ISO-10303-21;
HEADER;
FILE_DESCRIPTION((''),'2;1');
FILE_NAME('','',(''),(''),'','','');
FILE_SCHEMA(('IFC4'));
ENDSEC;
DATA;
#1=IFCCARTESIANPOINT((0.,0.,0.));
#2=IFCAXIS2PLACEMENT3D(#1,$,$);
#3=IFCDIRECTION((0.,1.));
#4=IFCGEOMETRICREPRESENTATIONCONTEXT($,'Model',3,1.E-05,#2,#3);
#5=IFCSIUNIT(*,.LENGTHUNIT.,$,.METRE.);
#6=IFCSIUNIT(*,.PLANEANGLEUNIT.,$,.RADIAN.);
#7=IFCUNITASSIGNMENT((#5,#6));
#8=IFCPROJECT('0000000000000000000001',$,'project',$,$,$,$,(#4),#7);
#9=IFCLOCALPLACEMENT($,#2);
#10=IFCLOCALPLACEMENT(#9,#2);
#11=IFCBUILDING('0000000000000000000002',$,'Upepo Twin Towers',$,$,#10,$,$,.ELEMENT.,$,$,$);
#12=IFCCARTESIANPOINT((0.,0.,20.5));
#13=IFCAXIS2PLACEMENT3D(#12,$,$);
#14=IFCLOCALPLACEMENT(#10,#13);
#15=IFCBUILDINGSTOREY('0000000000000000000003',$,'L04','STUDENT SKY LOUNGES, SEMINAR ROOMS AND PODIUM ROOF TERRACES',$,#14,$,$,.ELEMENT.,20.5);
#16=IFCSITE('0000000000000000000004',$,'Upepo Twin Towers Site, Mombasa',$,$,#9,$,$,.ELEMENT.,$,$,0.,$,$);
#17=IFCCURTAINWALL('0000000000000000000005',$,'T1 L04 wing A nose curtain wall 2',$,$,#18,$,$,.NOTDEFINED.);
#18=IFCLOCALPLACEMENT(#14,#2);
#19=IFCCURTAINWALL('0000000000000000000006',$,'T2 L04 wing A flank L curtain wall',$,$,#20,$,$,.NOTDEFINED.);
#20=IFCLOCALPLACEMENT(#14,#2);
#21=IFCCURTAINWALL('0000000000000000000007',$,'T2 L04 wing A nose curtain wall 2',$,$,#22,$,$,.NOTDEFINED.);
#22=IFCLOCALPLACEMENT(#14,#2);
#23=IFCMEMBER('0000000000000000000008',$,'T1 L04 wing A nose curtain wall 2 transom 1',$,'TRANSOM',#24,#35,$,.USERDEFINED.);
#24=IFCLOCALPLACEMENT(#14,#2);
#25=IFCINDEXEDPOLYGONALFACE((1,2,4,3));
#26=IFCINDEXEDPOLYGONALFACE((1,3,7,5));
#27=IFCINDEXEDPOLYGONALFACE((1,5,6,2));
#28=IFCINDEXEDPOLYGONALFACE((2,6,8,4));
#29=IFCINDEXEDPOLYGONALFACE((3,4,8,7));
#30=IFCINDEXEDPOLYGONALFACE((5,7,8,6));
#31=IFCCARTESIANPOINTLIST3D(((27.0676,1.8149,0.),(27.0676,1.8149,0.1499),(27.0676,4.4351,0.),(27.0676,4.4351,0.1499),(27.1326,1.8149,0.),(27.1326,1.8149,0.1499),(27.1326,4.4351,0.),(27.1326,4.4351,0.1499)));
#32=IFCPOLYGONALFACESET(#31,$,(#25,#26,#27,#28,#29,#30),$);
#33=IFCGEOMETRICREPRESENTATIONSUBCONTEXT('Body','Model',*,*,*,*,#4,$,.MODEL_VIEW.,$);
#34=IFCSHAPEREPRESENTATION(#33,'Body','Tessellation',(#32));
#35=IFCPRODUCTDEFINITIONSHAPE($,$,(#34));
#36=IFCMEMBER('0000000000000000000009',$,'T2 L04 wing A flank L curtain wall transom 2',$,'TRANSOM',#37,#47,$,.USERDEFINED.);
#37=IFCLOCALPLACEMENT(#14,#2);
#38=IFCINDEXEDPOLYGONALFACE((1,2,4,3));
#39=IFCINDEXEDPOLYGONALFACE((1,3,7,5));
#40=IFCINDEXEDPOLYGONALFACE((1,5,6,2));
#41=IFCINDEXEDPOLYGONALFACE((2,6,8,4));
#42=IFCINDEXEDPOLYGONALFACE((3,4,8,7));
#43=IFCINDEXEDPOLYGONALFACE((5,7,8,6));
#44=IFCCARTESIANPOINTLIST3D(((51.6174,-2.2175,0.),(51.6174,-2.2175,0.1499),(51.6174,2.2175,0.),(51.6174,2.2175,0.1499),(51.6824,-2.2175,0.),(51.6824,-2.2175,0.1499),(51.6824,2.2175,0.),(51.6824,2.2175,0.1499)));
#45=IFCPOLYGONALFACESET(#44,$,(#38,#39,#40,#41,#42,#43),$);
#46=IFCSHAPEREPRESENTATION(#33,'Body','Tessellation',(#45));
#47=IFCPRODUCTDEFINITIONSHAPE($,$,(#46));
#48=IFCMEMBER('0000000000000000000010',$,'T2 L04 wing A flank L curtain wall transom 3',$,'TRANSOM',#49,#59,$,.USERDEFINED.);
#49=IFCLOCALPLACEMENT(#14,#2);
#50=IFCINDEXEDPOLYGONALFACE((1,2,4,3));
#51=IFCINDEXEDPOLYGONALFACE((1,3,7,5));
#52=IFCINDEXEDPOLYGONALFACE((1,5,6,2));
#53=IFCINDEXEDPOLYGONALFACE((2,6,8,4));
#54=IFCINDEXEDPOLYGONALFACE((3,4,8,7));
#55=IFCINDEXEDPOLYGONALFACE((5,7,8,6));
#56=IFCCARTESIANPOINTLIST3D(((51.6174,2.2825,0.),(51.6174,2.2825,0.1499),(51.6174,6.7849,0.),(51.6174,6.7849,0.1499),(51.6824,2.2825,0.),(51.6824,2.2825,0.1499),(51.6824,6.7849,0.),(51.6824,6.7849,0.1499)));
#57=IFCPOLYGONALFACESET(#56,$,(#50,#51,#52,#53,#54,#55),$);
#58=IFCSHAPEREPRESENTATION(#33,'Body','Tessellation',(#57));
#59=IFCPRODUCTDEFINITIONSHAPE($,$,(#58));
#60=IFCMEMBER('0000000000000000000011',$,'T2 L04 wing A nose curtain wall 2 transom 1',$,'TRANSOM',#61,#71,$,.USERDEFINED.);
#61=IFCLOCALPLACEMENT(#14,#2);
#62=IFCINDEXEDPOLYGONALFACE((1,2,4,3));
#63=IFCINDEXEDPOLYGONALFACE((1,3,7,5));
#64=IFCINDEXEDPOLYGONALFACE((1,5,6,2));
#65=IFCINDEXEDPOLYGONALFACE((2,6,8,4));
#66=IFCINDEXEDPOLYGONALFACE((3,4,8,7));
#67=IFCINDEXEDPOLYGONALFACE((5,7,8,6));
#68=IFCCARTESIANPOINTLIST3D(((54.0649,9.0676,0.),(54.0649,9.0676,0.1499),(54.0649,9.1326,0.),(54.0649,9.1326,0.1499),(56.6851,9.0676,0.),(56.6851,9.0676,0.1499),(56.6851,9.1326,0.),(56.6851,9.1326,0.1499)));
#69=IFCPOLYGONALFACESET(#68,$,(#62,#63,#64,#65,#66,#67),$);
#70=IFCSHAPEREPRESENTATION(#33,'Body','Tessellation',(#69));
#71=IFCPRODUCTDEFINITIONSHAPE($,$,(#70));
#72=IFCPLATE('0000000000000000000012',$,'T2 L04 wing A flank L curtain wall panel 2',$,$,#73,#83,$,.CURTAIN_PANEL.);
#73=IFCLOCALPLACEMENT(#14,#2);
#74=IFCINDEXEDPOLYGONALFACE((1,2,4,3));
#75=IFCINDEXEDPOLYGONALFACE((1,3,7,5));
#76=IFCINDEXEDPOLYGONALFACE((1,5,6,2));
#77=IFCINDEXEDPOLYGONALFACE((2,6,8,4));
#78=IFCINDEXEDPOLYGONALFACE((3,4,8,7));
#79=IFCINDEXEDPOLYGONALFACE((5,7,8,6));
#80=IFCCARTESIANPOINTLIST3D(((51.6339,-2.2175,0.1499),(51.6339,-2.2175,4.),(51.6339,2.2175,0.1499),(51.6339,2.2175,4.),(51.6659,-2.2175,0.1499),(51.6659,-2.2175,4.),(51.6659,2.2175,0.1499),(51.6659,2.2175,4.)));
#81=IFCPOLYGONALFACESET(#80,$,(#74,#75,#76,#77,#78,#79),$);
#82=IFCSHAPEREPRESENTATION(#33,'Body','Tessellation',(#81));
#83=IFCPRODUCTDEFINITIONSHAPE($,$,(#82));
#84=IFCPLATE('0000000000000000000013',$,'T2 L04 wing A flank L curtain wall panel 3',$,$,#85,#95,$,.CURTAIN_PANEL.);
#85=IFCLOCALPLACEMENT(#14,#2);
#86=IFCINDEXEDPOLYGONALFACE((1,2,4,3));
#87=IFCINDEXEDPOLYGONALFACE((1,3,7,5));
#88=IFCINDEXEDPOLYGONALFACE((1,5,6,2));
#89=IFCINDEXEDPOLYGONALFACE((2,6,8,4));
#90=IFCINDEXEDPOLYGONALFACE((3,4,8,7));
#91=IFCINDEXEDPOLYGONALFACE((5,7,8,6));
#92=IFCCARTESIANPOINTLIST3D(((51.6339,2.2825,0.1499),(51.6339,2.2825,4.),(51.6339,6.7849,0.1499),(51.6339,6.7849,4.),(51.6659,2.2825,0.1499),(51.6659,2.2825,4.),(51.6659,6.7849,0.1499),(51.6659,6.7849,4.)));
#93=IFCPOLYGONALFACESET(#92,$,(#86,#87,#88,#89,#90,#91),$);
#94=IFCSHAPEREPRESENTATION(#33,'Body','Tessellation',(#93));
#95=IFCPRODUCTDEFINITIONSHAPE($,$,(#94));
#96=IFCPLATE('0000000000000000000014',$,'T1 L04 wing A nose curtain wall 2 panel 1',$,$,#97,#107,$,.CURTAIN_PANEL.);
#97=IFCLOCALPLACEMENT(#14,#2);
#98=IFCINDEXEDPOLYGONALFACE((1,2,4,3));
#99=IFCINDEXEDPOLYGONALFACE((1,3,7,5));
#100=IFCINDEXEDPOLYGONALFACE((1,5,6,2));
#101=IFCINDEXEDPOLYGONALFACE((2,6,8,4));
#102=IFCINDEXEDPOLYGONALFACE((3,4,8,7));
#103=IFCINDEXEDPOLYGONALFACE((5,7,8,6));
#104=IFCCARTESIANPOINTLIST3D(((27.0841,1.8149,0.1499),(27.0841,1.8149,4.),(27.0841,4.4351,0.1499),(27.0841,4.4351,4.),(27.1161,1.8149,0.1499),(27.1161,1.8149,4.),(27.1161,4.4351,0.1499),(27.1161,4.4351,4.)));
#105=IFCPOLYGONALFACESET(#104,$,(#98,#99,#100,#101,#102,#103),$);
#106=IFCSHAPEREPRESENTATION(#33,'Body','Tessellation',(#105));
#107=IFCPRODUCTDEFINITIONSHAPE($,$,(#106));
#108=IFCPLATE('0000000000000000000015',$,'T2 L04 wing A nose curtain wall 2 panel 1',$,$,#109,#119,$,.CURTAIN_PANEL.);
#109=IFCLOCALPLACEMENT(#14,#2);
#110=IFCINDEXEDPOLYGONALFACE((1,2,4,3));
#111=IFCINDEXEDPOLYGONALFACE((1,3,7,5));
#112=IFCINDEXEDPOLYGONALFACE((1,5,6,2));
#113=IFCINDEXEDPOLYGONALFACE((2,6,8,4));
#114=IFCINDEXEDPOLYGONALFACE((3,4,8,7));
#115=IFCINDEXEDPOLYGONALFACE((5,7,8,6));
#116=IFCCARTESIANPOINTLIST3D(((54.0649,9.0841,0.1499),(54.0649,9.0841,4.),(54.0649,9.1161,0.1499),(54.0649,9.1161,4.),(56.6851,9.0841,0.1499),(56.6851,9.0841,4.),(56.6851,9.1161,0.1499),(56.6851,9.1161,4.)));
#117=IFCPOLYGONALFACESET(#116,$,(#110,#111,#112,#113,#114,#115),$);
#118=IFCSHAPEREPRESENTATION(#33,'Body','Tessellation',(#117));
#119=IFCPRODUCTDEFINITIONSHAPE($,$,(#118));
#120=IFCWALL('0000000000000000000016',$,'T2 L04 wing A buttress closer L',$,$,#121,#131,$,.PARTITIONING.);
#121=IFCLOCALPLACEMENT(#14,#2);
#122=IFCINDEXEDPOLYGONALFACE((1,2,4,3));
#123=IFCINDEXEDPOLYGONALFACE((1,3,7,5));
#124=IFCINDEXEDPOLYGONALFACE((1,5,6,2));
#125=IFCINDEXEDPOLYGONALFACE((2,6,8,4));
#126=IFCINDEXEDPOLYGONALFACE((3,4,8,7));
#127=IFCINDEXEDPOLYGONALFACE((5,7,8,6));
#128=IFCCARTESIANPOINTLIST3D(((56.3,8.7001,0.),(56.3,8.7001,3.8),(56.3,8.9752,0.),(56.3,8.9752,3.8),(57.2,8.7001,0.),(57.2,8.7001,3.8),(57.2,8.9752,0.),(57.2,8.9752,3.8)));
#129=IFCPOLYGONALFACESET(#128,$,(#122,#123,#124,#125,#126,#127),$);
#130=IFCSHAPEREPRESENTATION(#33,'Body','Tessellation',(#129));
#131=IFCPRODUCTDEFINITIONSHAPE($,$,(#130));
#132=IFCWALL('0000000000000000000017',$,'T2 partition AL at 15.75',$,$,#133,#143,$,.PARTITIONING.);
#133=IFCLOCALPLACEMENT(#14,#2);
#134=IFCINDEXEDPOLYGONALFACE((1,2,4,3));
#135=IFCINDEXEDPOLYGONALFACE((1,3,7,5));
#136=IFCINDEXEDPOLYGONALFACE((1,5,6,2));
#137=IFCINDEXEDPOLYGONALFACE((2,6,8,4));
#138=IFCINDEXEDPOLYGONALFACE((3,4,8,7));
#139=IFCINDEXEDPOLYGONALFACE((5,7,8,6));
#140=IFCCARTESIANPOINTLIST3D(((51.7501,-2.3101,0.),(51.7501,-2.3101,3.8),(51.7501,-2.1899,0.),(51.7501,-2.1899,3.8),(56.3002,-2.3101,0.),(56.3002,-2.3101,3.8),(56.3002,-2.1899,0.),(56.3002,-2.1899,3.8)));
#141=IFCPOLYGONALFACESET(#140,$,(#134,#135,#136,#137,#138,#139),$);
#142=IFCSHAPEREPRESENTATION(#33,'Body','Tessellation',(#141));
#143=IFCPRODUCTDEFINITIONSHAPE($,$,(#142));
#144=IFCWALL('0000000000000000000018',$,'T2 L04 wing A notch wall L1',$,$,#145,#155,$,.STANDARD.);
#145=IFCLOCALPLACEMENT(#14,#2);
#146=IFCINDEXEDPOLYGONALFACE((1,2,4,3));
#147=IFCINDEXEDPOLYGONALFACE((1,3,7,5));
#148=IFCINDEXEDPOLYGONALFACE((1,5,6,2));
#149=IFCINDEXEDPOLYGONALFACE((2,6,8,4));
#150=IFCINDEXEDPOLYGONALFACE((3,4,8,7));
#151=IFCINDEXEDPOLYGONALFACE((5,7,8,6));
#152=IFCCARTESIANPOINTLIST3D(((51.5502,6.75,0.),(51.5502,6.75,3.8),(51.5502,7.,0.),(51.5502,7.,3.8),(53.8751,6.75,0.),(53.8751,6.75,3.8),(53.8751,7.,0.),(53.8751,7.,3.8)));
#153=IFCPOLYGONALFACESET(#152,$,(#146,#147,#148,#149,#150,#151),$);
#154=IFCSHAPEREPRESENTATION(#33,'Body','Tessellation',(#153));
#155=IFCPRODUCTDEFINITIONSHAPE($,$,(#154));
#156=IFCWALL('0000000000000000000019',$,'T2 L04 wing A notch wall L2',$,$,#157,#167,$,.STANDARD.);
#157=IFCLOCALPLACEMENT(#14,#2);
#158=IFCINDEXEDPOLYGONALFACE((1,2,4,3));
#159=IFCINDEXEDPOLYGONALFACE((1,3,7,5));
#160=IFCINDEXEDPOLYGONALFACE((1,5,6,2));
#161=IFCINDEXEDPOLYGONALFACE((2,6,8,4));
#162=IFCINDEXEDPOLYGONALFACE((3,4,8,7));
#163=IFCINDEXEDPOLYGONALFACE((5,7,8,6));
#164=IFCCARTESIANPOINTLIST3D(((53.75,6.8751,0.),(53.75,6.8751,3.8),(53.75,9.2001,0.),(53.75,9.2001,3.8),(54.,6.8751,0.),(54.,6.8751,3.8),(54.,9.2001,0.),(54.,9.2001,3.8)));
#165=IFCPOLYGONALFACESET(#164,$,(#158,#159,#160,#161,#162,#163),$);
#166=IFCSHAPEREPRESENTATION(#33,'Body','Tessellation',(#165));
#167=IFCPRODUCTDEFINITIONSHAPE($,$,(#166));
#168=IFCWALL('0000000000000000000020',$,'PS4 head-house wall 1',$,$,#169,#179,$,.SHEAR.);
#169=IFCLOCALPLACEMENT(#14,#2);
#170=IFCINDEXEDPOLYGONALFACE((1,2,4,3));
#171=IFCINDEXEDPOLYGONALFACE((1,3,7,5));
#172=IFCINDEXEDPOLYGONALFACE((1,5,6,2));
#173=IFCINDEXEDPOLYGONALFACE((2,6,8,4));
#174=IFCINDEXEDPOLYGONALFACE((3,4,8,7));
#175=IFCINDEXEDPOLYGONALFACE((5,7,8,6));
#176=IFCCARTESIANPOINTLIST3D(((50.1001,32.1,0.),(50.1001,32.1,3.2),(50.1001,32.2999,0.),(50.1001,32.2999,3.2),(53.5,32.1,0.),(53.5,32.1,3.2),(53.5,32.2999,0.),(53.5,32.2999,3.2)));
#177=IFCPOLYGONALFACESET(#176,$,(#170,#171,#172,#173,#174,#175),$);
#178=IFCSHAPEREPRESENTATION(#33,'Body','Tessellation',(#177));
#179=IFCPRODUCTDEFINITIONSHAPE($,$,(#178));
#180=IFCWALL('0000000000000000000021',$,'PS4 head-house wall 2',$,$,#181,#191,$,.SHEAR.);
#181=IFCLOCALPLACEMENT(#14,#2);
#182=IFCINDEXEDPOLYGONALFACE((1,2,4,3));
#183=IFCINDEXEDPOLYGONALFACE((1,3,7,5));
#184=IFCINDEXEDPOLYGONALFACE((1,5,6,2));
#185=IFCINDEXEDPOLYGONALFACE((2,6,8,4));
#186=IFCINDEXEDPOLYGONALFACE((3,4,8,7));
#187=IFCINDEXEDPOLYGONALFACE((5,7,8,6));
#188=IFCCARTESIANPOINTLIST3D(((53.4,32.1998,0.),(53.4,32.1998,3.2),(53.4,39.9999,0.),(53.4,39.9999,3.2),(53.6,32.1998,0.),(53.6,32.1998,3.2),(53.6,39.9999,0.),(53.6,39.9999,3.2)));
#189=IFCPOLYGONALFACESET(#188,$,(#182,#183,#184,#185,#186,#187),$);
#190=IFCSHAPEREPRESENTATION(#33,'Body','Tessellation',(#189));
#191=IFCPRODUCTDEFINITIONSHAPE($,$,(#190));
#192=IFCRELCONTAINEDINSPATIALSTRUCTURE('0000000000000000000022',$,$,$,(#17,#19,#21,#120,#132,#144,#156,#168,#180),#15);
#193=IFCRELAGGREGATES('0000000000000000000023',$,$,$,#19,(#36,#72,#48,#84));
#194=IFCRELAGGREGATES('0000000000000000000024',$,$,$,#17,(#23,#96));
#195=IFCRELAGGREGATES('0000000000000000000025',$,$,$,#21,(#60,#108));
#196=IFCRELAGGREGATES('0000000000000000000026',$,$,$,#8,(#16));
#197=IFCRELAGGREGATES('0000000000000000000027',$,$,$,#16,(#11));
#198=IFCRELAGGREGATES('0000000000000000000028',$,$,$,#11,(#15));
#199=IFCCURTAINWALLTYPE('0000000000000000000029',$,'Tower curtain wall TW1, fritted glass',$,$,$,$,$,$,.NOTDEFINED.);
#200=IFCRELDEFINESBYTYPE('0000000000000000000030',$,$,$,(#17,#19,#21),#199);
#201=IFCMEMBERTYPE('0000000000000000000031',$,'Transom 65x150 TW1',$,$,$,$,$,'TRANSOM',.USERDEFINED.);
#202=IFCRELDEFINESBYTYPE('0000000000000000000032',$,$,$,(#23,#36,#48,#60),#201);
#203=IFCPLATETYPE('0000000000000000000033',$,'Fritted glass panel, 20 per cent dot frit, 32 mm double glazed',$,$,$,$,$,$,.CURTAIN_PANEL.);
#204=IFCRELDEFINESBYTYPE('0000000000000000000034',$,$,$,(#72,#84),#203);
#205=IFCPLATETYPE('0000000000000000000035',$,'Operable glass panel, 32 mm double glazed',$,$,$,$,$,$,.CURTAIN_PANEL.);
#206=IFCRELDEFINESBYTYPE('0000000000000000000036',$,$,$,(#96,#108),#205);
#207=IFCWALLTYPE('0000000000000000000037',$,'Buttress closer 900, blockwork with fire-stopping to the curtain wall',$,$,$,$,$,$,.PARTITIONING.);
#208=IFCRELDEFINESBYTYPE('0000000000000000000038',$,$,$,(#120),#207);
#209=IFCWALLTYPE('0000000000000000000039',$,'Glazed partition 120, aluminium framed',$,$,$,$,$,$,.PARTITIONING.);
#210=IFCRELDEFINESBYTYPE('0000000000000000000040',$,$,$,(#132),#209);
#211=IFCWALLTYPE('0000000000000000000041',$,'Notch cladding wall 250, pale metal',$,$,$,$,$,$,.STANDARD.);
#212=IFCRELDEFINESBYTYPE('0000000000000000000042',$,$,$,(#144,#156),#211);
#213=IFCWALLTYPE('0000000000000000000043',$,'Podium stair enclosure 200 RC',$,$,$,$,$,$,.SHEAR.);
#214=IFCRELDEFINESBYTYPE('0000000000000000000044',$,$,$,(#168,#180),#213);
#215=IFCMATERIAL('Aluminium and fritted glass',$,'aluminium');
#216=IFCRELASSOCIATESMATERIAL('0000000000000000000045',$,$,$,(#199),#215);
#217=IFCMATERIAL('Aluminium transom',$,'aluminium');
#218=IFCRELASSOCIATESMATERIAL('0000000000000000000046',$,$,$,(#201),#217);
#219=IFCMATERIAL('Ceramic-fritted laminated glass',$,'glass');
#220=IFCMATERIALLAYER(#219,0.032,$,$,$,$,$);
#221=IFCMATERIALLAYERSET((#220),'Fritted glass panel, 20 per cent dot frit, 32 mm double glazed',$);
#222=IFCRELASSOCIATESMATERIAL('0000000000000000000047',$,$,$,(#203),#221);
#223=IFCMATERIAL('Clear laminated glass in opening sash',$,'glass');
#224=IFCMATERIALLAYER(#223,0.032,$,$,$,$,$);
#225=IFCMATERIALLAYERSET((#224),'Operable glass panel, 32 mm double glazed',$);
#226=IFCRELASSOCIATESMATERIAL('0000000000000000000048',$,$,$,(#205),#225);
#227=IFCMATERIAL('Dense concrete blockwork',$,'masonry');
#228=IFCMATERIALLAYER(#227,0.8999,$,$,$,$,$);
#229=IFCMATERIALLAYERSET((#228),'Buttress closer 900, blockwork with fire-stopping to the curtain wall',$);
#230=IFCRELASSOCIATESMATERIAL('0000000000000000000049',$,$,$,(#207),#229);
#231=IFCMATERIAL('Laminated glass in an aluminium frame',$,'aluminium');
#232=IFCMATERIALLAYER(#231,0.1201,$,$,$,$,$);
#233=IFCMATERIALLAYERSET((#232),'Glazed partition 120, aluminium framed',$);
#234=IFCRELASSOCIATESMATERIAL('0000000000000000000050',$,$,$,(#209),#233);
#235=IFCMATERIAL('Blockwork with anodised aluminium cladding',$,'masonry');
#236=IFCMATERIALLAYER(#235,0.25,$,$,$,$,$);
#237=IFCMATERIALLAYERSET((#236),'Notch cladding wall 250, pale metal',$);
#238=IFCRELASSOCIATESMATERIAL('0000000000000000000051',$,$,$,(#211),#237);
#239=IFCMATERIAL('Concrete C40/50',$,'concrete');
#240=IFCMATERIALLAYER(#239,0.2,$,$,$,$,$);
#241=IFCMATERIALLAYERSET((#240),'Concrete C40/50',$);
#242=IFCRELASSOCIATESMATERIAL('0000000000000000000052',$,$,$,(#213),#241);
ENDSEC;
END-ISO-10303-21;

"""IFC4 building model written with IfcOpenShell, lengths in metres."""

from ifc_helpers import new_model, si_unit, direction, frame, frame_2d, origin, origin_2d, place, context, subcontext, project, spatial, rectangle, extrude, material, layer, layer_set, material_profile, profile_set, type_object, element, aggregate, save


model = new_model("IFC4")

# Units and contexts
model_context = context("Model", 3, precision=1e-05, world=origin(), true_north=direction((0.0, 1.0)))
body_context = subcontext(model_context, "Body", "Model", "MODEL_VIEW")
ifc_project = project(units=[si_unit("LENGTHUNIT", "METRE"), si_unit("PLANEANGLEUNIT", "RADIAN")], contexts=[model_context])

# Site, building, storey
site_placement = place(None, origin())
site = spatial("IfcSite", under=ifc_project, at=site_placement, Name="Upepo Twin Towers Site, Mombasa", CompositionType="ELEMENT", RefElevation=0.0)
building_placement = place(site_placement, origin())
building = spatial("IfcBuilding", under=site, at=building_placement, Name="Upepo Twin Towers", CompositionType="ELEMENT")
storey_placement = place(building_placement, frame((0.0, 0.0, 20.5)))
storey = spatial("IfcBuildingStorey", under=building, at=storey_placement, Name="L04", Description="STUDENT SKY LOUNGES, SEMINAR ROOMS AND PODIUM ROOF TERRACES", CompositionType="ELEMENT", Elevation=20.5)

# Shared definitions
ifc_material_1 = material(Name="Aluminium and fritted glass", Category="aluminium")
curtain_wall_type = type_object("IfcCurtainWallType", Name="Tower curtain wall TW1, fritted glass", PredefinedType="NOTDEFINED", material=ifc_material_1)

# Curtain walls
curtain_wall_1_placement = place(storey_placement, origin())
curtain_wall_1 = element("IfcCurtainWall", 1, at=curtain_wall_1_placement, inside=storey, type_object=curtain_wall_type, Name="T1 L04 wing A nose curtain wall 2", PredefinedType="NOTDEFINED")
curtain_wall_2_placement = place(storey_placement, origin())
curtain_wall_2 = element("IfcCurtainWall", 2, at=curtain_wall_2_placement, inside=storey, type_object=curtain_wall_type, Name="T2 L04 wing A flank L curtain wall", PredefinedType="NOTDEFINED")
curtain_wall_3_placement = place(storey_placement, origin())
curtain_wall_3 = element("IfcCurtainWall", 3, at=curtain_wall_3_placement, inside=storey, type_object=curtain_wall_type, Name="T2 L04 wing A nose curtain wall 2", PredefinedType="NOTDEFINED")

# Members
ifc_material_2 = material(Name="Aluminium transom", Category="aluminium")
ifc_material_profile_1 = material_profile(ifc_material_2, rectangle(XDim=0.0649, YDim=0.1499, at=origin_2d()), Name="TRANSOM 65x150")
ifc_profile_set_1 = profile_set([ifc_material_profile_1], Name="Aluminium transom")
member_type_1 = type_object("IfcMemberType", Name="Transom 65x150 TW1", ElementType="TRANSOM", PredefinedType="USERDEFINED", material=ifc_profile_set_1)
member_1_placement = place(storey_placement, frame((27.1001, 1.8149, 0.075), z_axis=(0.0, 1.0, 0.0), x_axis=(-1.0, 0.0, 0.0)))
member_1 = element("IfcMember", 4, at=member_1_placement, type_object=member_type_1, Name="T1 L04 wing A nose curtain wall 2 transom 1", ObjectType="TRANSOM", PredefinedType="USERDEFINED", context=body_context, shape_type="SweptSolid", body=[
    extrude(rectangle(XDim=0.0649, YDim=0.1499, at=origin_2d()), origin(), (0.0, 0.0, 1.0), 2.6201),
])
member_2_placement = place(storey_placement, frame((51.6499, -2.2175, 0.075), z_axis=(0.0, 1.0, 0.0), x_axis=(-1.0, 0.0, 0.0)))
member_2 = element("IfcMember", 5, at=member_2_placement, type_object=member_type_1, Name="T2 L04 wing A flank L curtain wall transom 2", ObjectType="TRANSOM", PredefinedType="USERDEFINED", context=body_context, shape_type="SweptSolid", body=[
    extrude(rectangle(XDim=0.0649, YDim=0.1499, at=origin_2d()), origin(), (0.0, 0.0, 1.0), 4.4351),
])
member_3_placement = place(storey_placement, frame((51.6499, 2.2825, 0.075), z_axis=(0.0, 1.0, 0.0), x_axis=(-1.0, 0.0, 0.0)))
member_3 = element("IfcMember", 6, at=member_3_placement, type_object=member_type_1, Name="T2 L04 wing A flank L curtain wall transom 3", ObjectType="TRANSOM", PredefinedType="USERDEFINED", context=body_context, shape_type="SweptSolid", body=[
    extrude(rectangle(XDim=0.0649, YDim=0.1499, at=origin_2d()), origin(), (0.0, 0.0, 1.0), 4.5024),
])
member_4_placement = place(storey_placement, frame((56.6851, 9.1001, 0.075), z_axis=(-1.0, 0.0, 0.0), x_axis=(0.0, -1.0, 0.0)))
member_4 = element("IfcMember", 7, at=member_4_placement, type_object=member_type_1, Name="T2 L04 wing A nose curtain wall 2 transom 1", ObjectType="TRANSOM", PredefinedType="USERDEFINED", context=body_context, shape_type="SweptSolid", body=[
    extrude(rectangle(XDim=0.0649, YDim=0.1499, at=origin_2d()), origin(), (0.0, 0.0, 1.0), 2.6201),
])

# Plates
ifc_material_3 = material(Name="Ceramic-fritted laminated glass", Category="glass")
ifc_layer_1 = layer(ifc_material_3, 0.032)
ifc_layer_set_1 = layer_set([ifc_layer_1], Name="Fritted glass panel, 20 per cent dot frit, 32 mm double glazed")
plate_type_1 = type_object("IfcPlateType", Name="Fritted glass panel, 20 per cent dot frit, 32 mm double glazed", PredefinedType="CURTAIN_PANEL", material=ifc_layer_set_1)
plate_1_placement = place(storey_placement, frame((51.6499, 0.0, 0.1499), z_axis=(0.0, 0.0, 1.0), x_axis=(0.0, 1.0, 0.0)))
plate_1 = element("IfcPlate", 8, at=plate_1_placement, type_object=plate_type_1, Name="T2 L04 wing A flank L curtain wall panel 2", PredefinedType="CURTAIN_PANEL", context=body_context, shape_type="SweptSolid", body=[
    extrude(rectangle(XDim=4.4351, YDim=0.032, at=origin_2d()), origin(), (0.0, 0.0, 1.0), 3.8501),
])
plate_2_placement = place(storey_placement, frame((51.6499, 4.5337, 0.1499), z_axis=(0.0, 0.0, 1.0), x_axis=(0.0, 1.0, 0.0)))
plate_2 = element("IfcPlate", 9, at=plate_2_placement, type_object=plate_type_1, Name="T2 L04 wing A flank L curtain wall panel 3", PredefinedType="CURTAIN_PANEL", context=body_context, shape_type="SweptSolid", body=[
    extrude(rectangle(XDim=4.5024, YDim=0.032, at=origin_2d()), origin(), (0.0, 0.0, 1.0), 3.8501),
])
aggregate(curtain_wall_2, [member_2, plate_1, member_3, plate_2])
ifc_material_4 = material(Name="Clear laminated glass in opening sash", Category="glass")
ifc_layer_2 = layer(ifc_material_4, 0.032)
ifc_layer_set_2 = layer_set([ifc_layer_2], Name="Operable glass panel, 32 mm double glazed")
plate_type_2 = type_object("IfcPlateType", Name="Operable glass panel, 32 mm double glazed", PredefinedType="CURTAIN_PANEL", material=ifc_layer_set_2)
plate_3_placement = place(storey_placement, frame((27.1001, 3.125, 0.1499), z_axis=(0.0, 0.0, 1.0), x_axis=(0.0, 1.0, 0.0)))
plate_3 = element("IfcPlate", 10, at=plate_3_placement, type_object=plate_type_2, Name="T1 L04 wing A nose curtain wall 2 panel 1", PredefinedType="CURTAIN_PANEL", context=body_context, shape_type="SweptSolid", body=[
    extrude(rectangle(XDim=2.6201, YDim=0.032, at=origin_2d()), origin(), (0.0, 0.0, 1.0), 3.8501),
])
aggregate(curtain_wall_1, [member_1, plate_3])
plate_4_placement = place(storey_placement, frame((55.375, 9.1001, 0.1499), z_axis=(0.0, 0.0, 1.0), x_axis=(-1.0, 0.0, 0.0)))
plate_4 = element("IfcPlate", 11, at=plate_4_placement, type_object=plate_type_2, Name="T2 L04 wing A nose curtain wall 2 panel 1", PredefinedType="CURTAIN_PANEL", context=body_context, shape_type="SweptSolid", body=[
    extrude(rectangle(XDim=2.6201, YDim=0.032, at=origin_2d()), origin(), (0.0, 0.0, 1.0), 3.8501),
])
aggregate(curtain_wall_3, [member_4, plate_4])

# Walls
ifc_material_5 = material(Name="Dense concrete blockwork", Category="masonry")
ifc_layer_3 = layer(ifc_material_5, 0.8999)
ifc_layer_set_3 = layer_set([ifc_layer_3], Name="Buttress closer 900, blockwork with fire-stopping to the curtain wall")
wall_type_1 = type_object("IfcWallType", Name="Buttress closer 900, blockwork with fire-stopping to the curtain wall", PredefinedType="PARTITIONING", material=ifc_layer_set_3)
wall_1_placement = place(storey_placement, frame((56.75, 8.7, 0.0), z_axis=(0.0, 0.0, 1.0), x_axis=(0.0, 1.0, 0.0)))
element("IfcWall", 12, at=wall_1_placement, inside=storey, type_object=wall_type_1, Name="T2 L04 wing A buttress closer L", PredefinedType="PARTITIONING", context=body_context, shape_type="SweptSolid", body=[
    extrude(rectangle(XDim=0.2751, YDim=0.8999, at=frame_2d((0.1377, 0.0))), origin(), (0.0, 0.0, 1.0), 3.8),
])
ifc_material_6 = material(Name="Laminated glass in an aluminium frame", Category="aluminium")
ifc_layer_4 = layer(ifc_material_6, 0.1201)
ifc_layer_set_4 = layer_set([ifc_layer_4], Name="Glazed partition 120, aluminium framed")
wall_type_2 = type_object("IfcWallType", Name="Glazed partition 120, aluminium framed", PredefinedType="PARTITIONING", material=ifc_layer_set_4)
wall_2_placement = place(storey_placement, frame((56.3, -2.25, 0.0), z_axis=(0.0, 0.0, 1.0), x_axis=(-1.0, 0.0, 0.0)))
element("IfcWall", 13, at=wall_2_placement, inside=storey, type_object=wall_type_2, Name="T2 partition AL at 15.75", PredefinedType="PARTITIONING", context=body_context, shape_type="SweptSolid", body=[
    extrude(rectangle(XDim=4.55, YDim=0.1201, at=frame_2d((2.2749, 0.0))), origin(), (0.0, 0.0, 1.0), 3.8),
])

# Shared definitions
ifc_material_7 = material(Name="Blockwork with anodised aluminium cladding", Category="masonry")
ifc_layer_5 = layer(ifc_material_7, 0.25)
ifc_layer_set_5 = layer_set([ifc_layer_5], Name="Notch cladding wall 250, pale metal")
wall_type_3 = type_object("IfcWallType", Name="Notch cladding wall 250, pale metal", PredefinedType="STANDARD", material=ifc_layer_set_5)

# Walls
for number, where, z_axis, x_axis, name in (
    (14, (51.55, 6.875, 0.0), (0.0, 0.0, 1.0), (1.0, 0.0, 0.0), "T2 L04 wing A notch wall L1"),
    (15, (53.875, 6.875, 0.0), (0.0, 0.0, 1.0), (0.0, 1.0, 0.0), "T2 L04 wing A notch wall L2"),
):
    element("IfcWall", number, at=place(storey_placement, frame(where, z_axis=z_axis, x_axis=x_axis)), inside=storey, type_object=wall_type_3, Name=name, PredefinedType="STANDARD", context=body_context, shape_type="SweptSolid", body=[
        extrude(rectangle(XDim=2.325, YDim=0.25, at=frame_2d((1.1626, 0.0))), origin(), (0.0, 0.0, 1.0), 3.8),
    ])
ifc_material_8 = material(Name="Concrete C40/50", Category="concrete")
ifc_layer_6 = layer(ifc_material_8, 0.2)
ifc_layer_set_6 = layer_set([ifc_layer_6], Name="Concrete C40/50")
wall_type_4 = type_object("IfcWallType", Name="Podium stair enclosure 200 RC", PredefinedType="SHEAR", material=ifc_layer_set_6)
wall_3_placement = place(storey_placement, frame((50.1001, 32.2, 0.0), z_axis=(0.0, 0.0, 1.0), x_axis=(1.0, 0.0, 0.0)))
element("IfcWall", 16, at=wall_3_placement, inside=storey, type_object=wall_type_4, Name="PS4 head-house wall 1", PredefinedType="SHEAR", context=body_context, shape_type="SweptSolid", body=[
    extrude(rectangle(XDim=3.3999, YDim=0.2, at=frame_2d((1.7, 0.0))), origin(), (0.0, 0.0, 1.0), 3.2),
])
wall_4_placement = place(storey_placement, frame((53.5, 32.2, 0.0), z_axis=(0.0, 0.0, 1.0), x_axis=(0.0, 1.0, 0.0)))
element("IfcWall", 17, at=wall_4_placement, inside=storey, type_object=wall_type_4, Name="PS4 head-house wall 2", PredefinedType="SHEAR", context=body_context, shape_type="SweptSolid", body=[
    extrude(rectangle(XDim=7.8, YDim=0.2, at=frame_2d((3.8999, 0.0))), origin(), (0.0, 0.0, 1.0), 3.2),
])

save(model, "model.ifc")
